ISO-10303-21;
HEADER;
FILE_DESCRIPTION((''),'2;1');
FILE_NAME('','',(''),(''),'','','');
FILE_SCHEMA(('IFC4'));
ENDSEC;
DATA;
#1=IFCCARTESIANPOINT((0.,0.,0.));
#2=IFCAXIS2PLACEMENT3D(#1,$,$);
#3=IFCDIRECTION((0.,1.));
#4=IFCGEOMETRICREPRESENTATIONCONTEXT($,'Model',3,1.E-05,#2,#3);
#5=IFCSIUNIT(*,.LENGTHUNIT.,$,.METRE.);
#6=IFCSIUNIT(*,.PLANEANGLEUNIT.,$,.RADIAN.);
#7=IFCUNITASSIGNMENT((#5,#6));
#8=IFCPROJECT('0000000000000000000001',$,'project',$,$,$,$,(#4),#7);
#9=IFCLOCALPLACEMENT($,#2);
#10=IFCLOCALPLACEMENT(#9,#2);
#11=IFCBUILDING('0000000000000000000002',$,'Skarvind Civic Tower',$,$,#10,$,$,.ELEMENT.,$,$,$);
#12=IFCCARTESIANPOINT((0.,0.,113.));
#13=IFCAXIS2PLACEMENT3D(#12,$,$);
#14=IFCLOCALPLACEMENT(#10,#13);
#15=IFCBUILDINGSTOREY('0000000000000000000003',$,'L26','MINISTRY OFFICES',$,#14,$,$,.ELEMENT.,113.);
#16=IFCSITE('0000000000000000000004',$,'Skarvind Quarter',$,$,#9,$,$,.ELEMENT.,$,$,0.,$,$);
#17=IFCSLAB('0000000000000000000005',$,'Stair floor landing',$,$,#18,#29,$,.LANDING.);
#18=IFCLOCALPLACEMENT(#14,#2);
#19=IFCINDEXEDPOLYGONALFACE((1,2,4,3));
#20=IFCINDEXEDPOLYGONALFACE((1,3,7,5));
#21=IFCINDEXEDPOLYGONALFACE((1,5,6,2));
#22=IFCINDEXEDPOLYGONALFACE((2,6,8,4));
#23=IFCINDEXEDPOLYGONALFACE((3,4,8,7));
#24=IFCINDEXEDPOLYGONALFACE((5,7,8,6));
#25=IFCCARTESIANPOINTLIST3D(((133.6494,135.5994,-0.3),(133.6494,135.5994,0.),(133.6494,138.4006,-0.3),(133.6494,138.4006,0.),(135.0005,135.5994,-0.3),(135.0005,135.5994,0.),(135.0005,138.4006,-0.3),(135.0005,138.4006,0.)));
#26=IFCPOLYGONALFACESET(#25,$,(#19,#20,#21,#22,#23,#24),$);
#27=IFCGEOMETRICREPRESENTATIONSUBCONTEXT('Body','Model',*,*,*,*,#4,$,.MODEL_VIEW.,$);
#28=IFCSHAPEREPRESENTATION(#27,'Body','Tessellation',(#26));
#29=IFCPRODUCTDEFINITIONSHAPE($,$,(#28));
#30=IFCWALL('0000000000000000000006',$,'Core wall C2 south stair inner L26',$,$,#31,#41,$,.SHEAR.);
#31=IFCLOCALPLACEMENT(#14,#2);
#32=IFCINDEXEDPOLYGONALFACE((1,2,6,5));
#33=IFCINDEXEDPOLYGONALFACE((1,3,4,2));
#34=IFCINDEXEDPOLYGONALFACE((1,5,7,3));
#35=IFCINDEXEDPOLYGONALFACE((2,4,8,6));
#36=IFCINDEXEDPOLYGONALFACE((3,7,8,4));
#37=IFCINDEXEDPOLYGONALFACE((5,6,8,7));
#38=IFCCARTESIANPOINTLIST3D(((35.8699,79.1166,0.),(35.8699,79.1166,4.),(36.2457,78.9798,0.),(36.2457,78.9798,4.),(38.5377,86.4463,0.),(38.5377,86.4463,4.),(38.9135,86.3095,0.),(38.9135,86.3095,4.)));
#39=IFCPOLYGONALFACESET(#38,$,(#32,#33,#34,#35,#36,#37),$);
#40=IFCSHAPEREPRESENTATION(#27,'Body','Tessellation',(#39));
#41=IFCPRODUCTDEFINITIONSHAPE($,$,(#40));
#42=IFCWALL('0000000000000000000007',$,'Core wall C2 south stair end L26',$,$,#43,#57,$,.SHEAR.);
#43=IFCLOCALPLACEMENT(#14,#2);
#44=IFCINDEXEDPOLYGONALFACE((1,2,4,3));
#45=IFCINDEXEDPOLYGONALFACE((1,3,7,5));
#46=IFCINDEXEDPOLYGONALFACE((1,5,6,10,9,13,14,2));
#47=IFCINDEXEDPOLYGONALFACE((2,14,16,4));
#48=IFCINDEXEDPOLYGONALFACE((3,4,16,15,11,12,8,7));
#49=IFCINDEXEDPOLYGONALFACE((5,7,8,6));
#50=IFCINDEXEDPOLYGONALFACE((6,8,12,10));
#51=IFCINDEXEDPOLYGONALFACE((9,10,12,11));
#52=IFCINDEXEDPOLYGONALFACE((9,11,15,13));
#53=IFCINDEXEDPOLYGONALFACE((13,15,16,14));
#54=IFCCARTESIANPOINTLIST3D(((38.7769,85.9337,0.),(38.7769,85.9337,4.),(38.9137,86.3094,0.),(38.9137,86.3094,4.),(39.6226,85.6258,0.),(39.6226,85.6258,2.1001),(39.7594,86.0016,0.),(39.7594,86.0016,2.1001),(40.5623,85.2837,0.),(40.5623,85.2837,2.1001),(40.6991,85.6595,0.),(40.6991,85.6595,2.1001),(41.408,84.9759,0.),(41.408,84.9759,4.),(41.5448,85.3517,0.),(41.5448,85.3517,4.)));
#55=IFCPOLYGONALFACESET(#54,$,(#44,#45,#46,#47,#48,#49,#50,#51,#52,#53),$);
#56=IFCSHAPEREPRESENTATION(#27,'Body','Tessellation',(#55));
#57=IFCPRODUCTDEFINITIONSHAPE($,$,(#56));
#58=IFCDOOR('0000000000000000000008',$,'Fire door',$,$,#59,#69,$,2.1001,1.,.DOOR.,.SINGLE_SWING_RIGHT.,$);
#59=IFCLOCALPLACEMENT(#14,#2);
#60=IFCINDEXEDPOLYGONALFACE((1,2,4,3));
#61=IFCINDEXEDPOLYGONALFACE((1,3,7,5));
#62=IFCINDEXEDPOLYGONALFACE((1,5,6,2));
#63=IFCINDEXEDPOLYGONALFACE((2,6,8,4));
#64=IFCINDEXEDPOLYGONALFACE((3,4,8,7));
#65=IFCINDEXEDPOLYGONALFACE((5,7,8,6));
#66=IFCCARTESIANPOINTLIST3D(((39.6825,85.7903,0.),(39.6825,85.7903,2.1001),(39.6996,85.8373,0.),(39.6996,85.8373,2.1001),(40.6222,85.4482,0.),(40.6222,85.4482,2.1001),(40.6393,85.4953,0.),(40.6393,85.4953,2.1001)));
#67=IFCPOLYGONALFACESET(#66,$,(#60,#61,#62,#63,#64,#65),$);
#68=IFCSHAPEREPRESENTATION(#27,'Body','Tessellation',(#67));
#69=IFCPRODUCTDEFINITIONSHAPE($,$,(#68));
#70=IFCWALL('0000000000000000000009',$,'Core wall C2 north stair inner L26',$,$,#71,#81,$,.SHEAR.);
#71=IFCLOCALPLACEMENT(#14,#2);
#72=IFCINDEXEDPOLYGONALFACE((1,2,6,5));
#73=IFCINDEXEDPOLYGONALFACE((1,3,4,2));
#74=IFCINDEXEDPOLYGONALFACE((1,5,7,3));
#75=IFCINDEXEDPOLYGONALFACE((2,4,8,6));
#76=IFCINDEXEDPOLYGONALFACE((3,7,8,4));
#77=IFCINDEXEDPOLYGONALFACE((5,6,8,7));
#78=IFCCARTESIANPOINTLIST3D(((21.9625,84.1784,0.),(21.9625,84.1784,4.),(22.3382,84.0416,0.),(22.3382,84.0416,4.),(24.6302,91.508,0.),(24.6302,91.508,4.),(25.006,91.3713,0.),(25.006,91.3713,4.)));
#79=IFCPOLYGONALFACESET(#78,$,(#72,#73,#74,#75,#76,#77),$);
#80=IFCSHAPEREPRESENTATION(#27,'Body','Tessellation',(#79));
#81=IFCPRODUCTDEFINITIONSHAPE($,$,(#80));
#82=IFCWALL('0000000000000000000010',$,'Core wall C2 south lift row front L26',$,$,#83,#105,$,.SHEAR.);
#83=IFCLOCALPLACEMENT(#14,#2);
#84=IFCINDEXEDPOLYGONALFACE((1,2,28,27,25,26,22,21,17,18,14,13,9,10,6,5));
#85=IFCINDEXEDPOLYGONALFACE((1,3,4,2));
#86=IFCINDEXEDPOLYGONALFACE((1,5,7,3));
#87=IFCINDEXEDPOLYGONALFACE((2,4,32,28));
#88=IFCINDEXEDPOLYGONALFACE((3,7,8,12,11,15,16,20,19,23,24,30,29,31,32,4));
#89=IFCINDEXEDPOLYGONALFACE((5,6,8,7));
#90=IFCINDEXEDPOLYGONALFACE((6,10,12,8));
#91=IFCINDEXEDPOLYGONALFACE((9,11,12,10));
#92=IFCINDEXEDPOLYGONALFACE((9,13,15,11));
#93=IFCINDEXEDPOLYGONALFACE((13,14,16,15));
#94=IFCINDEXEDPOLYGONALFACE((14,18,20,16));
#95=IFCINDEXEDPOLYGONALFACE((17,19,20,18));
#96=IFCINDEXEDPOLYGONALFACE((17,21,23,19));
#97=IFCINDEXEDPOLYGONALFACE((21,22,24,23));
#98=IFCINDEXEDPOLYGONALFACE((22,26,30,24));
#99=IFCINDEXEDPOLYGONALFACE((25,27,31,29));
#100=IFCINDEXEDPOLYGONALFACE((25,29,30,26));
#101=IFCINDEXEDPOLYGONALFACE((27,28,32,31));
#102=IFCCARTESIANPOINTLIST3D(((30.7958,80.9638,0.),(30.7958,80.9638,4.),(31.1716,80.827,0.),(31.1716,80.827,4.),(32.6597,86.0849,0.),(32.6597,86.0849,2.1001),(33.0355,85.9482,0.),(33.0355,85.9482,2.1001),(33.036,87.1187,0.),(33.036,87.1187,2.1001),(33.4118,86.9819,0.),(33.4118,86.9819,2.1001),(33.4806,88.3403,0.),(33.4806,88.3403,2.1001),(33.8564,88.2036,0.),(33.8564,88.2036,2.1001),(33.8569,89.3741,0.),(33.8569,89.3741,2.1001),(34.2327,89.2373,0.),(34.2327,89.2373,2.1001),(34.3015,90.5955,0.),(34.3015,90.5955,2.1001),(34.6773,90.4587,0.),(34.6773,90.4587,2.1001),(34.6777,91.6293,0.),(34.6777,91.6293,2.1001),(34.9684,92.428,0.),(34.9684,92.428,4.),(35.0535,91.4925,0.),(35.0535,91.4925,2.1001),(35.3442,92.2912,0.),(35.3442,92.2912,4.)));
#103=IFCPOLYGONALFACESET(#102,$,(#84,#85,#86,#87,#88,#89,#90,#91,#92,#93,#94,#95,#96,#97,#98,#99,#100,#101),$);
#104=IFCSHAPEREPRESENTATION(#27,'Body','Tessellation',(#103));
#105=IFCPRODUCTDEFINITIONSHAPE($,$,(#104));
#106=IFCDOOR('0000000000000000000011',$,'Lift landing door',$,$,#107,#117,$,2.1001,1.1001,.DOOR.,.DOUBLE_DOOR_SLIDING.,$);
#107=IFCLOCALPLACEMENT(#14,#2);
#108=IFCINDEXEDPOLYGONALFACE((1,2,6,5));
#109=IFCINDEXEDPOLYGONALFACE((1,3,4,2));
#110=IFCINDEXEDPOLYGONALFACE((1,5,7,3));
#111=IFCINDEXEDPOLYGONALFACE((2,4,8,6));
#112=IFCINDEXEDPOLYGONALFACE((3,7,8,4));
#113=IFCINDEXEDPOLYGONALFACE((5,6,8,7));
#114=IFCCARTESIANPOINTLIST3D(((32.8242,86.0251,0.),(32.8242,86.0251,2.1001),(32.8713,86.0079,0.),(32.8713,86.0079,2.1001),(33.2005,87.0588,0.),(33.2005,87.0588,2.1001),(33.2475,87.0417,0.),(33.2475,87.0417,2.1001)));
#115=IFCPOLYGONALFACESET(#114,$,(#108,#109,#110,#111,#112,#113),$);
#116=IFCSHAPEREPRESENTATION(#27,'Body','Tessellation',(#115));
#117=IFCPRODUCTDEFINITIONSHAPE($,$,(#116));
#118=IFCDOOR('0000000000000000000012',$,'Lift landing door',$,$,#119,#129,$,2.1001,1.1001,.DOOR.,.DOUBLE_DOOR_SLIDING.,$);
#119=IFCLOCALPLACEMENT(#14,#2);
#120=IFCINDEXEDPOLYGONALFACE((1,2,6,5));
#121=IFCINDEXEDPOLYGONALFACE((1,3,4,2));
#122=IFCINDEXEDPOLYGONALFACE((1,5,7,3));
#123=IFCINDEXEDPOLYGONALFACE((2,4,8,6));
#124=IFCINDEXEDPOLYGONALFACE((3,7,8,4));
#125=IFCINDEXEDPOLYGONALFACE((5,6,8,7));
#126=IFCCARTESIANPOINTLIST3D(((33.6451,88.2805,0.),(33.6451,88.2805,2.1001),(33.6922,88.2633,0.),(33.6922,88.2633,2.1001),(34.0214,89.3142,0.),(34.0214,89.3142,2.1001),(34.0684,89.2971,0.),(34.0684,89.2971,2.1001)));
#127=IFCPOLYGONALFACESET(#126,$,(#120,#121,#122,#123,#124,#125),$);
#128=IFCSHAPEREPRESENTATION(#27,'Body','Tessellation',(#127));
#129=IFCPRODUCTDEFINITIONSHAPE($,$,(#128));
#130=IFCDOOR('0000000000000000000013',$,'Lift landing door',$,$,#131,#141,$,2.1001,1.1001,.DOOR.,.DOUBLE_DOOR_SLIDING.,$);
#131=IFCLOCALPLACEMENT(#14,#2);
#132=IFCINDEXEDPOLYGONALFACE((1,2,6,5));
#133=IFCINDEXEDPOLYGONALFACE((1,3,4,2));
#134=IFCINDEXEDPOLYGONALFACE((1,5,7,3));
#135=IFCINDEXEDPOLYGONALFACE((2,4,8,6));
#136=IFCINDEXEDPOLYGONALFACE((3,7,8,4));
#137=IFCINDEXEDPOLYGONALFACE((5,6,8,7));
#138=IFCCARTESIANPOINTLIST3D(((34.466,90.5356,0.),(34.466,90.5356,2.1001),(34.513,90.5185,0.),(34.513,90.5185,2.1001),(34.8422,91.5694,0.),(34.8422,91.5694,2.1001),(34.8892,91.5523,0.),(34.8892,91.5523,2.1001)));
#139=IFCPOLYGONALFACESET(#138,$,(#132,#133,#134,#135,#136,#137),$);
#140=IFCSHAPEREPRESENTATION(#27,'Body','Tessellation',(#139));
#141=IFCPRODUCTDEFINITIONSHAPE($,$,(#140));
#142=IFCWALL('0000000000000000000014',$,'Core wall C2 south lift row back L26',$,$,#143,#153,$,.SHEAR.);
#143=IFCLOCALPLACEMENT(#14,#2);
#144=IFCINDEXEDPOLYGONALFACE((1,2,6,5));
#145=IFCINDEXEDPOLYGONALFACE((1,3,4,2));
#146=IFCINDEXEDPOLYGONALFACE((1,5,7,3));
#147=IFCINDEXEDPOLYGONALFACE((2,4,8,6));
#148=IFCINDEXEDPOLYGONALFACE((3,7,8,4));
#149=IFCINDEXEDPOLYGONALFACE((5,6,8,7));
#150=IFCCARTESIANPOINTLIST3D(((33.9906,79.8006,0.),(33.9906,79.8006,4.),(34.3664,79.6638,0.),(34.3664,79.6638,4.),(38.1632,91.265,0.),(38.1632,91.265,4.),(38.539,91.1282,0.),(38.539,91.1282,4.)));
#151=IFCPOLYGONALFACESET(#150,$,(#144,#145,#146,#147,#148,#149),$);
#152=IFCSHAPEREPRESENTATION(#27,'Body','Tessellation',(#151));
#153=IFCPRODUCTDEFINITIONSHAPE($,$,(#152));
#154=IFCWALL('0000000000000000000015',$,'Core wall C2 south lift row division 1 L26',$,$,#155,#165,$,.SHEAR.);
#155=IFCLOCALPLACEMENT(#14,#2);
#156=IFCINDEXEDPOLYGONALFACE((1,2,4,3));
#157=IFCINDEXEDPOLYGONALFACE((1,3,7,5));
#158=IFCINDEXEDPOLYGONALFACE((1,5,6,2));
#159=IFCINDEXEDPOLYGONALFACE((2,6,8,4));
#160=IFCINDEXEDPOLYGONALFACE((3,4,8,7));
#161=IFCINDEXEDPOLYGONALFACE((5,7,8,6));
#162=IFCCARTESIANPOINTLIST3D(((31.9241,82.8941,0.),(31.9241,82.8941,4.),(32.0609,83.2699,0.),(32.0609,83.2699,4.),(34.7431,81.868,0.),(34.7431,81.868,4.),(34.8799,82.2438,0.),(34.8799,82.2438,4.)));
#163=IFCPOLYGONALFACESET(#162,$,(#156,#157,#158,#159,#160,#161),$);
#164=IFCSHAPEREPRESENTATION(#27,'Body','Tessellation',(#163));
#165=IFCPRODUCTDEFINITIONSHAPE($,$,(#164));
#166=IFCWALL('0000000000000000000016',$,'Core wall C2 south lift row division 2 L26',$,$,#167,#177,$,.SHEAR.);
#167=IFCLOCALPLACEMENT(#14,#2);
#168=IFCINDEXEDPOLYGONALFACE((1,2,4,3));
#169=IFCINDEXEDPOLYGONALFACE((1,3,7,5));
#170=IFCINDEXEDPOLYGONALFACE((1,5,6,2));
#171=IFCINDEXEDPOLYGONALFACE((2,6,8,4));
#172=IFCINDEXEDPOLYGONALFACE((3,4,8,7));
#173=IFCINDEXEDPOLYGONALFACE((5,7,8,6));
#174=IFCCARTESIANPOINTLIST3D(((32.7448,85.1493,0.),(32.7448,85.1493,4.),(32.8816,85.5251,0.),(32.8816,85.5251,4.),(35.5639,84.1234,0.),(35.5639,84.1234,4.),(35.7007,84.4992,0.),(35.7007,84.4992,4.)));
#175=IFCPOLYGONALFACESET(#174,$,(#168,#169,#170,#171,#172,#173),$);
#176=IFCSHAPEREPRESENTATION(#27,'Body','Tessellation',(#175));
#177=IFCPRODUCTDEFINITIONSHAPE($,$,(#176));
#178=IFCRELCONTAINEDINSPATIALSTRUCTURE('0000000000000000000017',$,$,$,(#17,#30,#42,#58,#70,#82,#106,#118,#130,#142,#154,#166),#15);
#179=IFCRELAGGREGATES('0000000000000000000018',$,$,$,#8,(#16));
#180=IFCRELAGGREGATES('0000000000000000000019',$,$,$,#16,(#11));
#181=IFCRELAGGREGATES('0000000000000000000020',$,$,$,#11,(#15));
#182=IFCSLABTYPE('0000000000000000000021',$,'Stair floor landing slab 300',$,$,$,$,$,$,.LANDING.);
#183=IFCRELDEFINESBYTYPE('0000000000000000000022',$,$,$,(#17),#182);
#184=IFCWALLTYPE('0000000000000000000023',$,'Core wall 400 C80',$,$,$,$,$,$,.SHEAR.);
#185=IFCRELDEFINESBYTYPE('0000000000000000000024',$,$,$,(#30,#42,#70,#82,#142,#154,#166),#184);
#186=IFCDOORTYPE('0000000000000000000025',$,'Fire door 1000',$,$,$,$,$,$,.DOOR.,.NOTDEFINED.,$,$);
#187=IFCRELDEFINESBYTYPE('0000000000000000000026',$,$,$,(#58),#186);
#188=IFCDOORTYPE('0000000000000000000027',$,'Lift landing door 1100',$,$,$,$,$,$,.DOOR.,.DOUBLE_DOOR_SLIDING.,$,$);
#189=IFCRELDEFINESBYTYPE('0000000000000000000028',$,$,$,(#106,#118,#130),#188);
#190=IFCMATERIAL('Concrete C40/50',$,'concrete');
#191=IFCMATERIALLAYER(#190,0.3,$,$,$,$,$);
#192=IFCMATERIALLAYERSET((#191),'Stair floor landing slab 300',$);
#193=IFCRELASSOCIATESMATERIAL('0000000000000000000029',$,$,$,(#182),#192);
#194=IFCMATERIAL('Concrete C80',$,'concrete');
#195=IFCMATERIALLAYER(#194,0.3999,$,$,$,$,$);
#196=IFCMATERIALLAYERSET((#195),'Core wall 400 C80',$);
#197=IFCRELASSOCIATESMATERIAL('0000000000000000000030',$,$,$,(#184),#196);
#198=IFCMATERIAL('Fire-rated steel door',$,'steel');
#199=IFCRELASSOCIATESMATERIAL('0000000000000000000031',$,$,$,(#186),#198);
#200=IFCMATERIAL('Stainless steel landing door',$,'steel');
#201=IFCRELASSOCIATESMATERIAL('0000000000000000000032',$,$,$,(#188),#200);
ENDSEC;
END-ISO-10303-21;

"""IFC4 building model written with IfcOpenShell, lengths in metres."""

from ifc_helpers import new_model, si_unit, direction, frame, frame_2d, origin, place, context, subcontext, project, spatial, polyline, rectangle, outline, extrude, material, layer, layer_set, type_object, element, fill, save


model = new_model("IFC4")

# Units and contexts
model_context = context("Model", 3, precision=1e-05, world=origin(), true_north=direction((0.0, 1.0)))
body_context = subcontext(model_context, "Body", "Model", "MODEL_VIEW")
ifc_project = project(units=[si_unit("LENGTHUNIT", "METRE"), si_unit("PLANEANGLEUNIT", "RADIAN")], contexts=[model_context])

# Site, building, storey
site_placement = place(None, origin())
site = spatial("IfcSite", under=ifc_project, at=site_placement, Name="Skarvind Quarter", CompositionType="ELEMENT", RefElevation=0.0)
building_placement = place(site_placement, origin())
building = spatial("IfcBuilding", under=site, at=building_placement, Name="Skarvind Civic Tower", CompositionType="ELEMENT")
storey_placement = place(building_placement, frame((0.0, 0.0, 113.0)))
storey = spatial("IfcBuildingStorey", under=building, at=storey_placement, Name="L26", Description="MINISTRY OFFICES", CompositionType="ELEMENT", Elevation=113.0)

# Slab
ifc_material_1 = material(Name="Concrete C40/50", Category="concrete")
ifc_layer_1 = layer(ifc_material_1, 0.3)
ifc_layer_set_1 = layer_set([ifc_layer_1], Name="Stair floor landing slab 300")
slab_type = type_object("IfcSlabType", Name="Stair floor landing slab 300", PredefinedType="LANDING", material=ifc_layer_set_1)
slab_placement = place(storey_placement, frame((0.0, 0.0, -0.3)))
element("IfcSlab", 1, at=slab_placement, inside=storey, type_object=slab_type, Name="Stair floor landing", PredefinedType="LANDING", context=body_context, shape_type="SweptSolid", body=[
    extrude(outline(polyline([(133.6494, 135.5994), (133.6494, 138.4006), (135.0005, 138.4006), (135.0005, 135.5994), (133.6494, 135.5994)])), origin(), (0.0, 0.0, 1.0), 0.3),
])

# Wall
ifc_material_2 = material(Name="Concrete C80", Category="concrete")
ifc_layer_2 = layer(ifc_material_2, 0.3999)
ifc_layer_set_2 = layer_set([ifc_layer_2], Name="Core wall 400 C80")
wall_type_1 = type_object("IfcWallType", Name="Core wall 400 C80", PredefinedType="SHEAR", material=ifc_layer_set_2)
wall_1_placement = place(storey_placement, frame((36.0579, 79.0483, 0.0), z_axis=(0.0, 0.0, 1.0), x_axis=(0.342017, 0.939694, 0.0)))
element("IfcWall", 2, at=wall_1_placement, inside=storey, type_object=wall_type_1, Name="Core wall C2 south stair inner L26", PredefinedType="SHEAR", context=body_context, shape_type="SweptSolid", body=[
    extrude(rectangle(XDim=7.8, YDim=0.3999, at=frame_2d((3.8999, 0.0))), origin(), (0.0, 0.0, 1.0), 4.0),
])

# Wall, opening, door
wall_2_placement = place(storey_placement, frame((41.4763, 85.1638, 0.0), z_axis=(0.0, 0.0, 1.0), x_axis=(-0.939679, 0.342058, 0.0)))
wall_2 = element("IfcWall", 3, at=wall_2_placement, inside=storey, type_object=wall_type_1, Name="Core wall C2 south stair end L26", PredefinedType="SHEAR", context=body_context, shape_type="SweptSolid", body=[
    extrude(rectangle(XDim=2.8, YDim=0.3999, at=frame_2d((1.3999, 0.0))), origin(), (0.0, 0.0, 1.0), 4.0),
])
opening_1_placement = place(wall_2_placement, frame((0.8999, 0.0, 0.0)))
opening_1 = element("IfcOpeningElement", 4, at=opening_1_placement, cuts=wall_2, PredefinedType="OPENING", context=body_context, shape_type="SweptSolid", body=[
    extrude(rectangle(XDim=1.0, YDim=2.1001, at=frame_2d((0.5, 1.05))), frame((0.0, 0.21, 0.0), z_axis=(0.0, -1.0, 0.0), x_axis=(1.0, 0.0, 0.0)), (0.0, 0.0, 1.0), 0.4199),
])
ifc_material_3 = material(Name="Fire-rated steel door", Category="steel")
door_type_1 = type_object("IfcDoorType", Name="Fire door 1000", OperationType="NOTDEFINED", PredefinedType="DOOR", material=ifc_material_3)
door_1_placement = place(opening_1_placement, origin())
door_1 = element("IfcDoor", 5, at=door_1_placement, inside=storey, type_object=door_type_1, Name="Fire door", OperationType="SINGLE_SWING_RIGHT", OverallHeight=2.1001, OverallWidth=1.0, PredefinedType="DOOR", context=body_context, shape_type="SweptSolid", body=[
    extrude(rectangle(XDim=1.0, YDim=2.1001, at=frame_2d((0.5, 1.05))), frame((0.0, 0.0249, 0.0), z_axis=(0.0, -1.0, 0.0), x_axis=(1.0, 0.0, 0.0)), (0.0, 0.0, 1.0), 0.05),
])
fill(opening_1, door_1)

# Wall
wall_3_placement = place(storey_placement, frame((22.1504, 84.1101, 0.0), z_axis=(0.0, 0.0, 1.0), x_axis=(0.342017, 0.939694, 0.0)))
element("IfcWall", 6, at=wall_3_placement, inside=storey, type_object=wall_type_1, Name="Core wall C2 north stair inner L26", PredefinedType="SHEAR", context=body_context, shape_type="SweptSolid", body=[
    extrude(rectangle(XDim=7.8, YDim=0.3999, at=frame_2d((3.8999, 0.0))), origin(), (0.0, 0.0, 1.0), 4.0),
])

# Wall, openings, doors
wall_4_placement = place(storey_placement, frame((30.9836, 80.8953, 0.0), z_axis=(0.0, 0.0, 1.0), x_axis=(0.342021, 0.939692, 0.0)))
wall_4 = element("IfcWall", 7, at=wall_4_placement, inside=storey, type_object=wall_type_1, Name="Core wall C2 south lift row front L26", PredefinedType="SHEAR", context=body_context, shape_type="SweptSolid", body=[
    extrude(rectangle(XDim=12.2, YDim=0.3999, at=frame_2d((6.1001, 0.0))), origin(), (0.0, 0.0, 1.0), 4.0),
])
opening_2_placement = place(wall_4_placement, frame((5.45, 0.0, 0.0)))
opening_2 = element("IfcOpeningElement", 8, at=opening_2_placement, cuts=wall_4, PredefinedType="OPENING", context=body_context, shape_type="SweptSolid", body=[
    extrude(rectangle(XDim=1.1001, YDim=2.1001, at=frame_2d((0.55, 1.05))), frame((0.0, 0.21, 0.0), z_axis=(0.0, -1.0, 0.0), x_axis=(1.0, 0.0, 0.0)), (0.0, 0.0, 1.0), 0.4199),
])
opening_3_placement = place(wall_4_placement, frame((7.8501, 0.0, 0.0)))
opening_3 = element("IfcOpeningElement", 9, at=opening_3_placement, cuts=wall_4, PredefinedType="OPENING", context=body_context, shape_type="SweptSolid", body=[
    extrude(rectangle(XDim=1.1001, YDim=2.1001, at=frame_2d((0.55, 1.05))), frame((0.0, 0.21, 0.0), z_axis=(0.0, -1.0, 0.0), x_axis=(1.0, 0.0, 0.0)), (0.0, 0.0, 1.0), 0.4199),
])
opening_4_placement = place(wall_4_placement, frame((10.25, 0.0, 0.0)))
opening_4 = element("IfcOpeningElement", 10, at=opening_4_placement, cuts=wall_4, PredefinedType="OPENING", context=body_context, shape_type="SweptSolid", body=[
    extrude(rectangle(XDim=1.1001, YDim=2.1001, at=frame_2d((0.55, 1.05))), frame((0.0, 0.21, 0.0), z_axis=(0.0, -1.0, 0.0), x_axis=(1.0, 0.0, 0.0)), (0.0, 0.0, 1.0), 0.4199),
])
ifc_material_4 = material(Name="Stainless steel landing door", Category="steel")
door_type_2 = type_object("IfcDoorType", Name="Lift landing door 1100", OperationType="DOUBLE_DOOR_SLIDING", PredefinedType="DOOR", material=ifc_material_4)
door_2_placement = place(opening_2_placement, origin())
door_2 = element("IfcDoor", 11, at=door_2_placement, inside=storey, type_object=door_type_2, Name="Lift landing door", OperationType="DOUBLE_DOOR_SLIDING", OverallHeight=2.1001, OverallWidth=1.1001, PredefinedType="DOOR", context=body_context, shape_type="SweptSolid", body=[
    extrude(rectangle(XDim=1.1001, YDim=2.1001, at=frame_2d((0.55, 1.05))), frame((0.0, 0.0249, 0.0), z_axis=(0.0, -1.0, 0.0), x_axis=(1.0, 0.0, 0.0)), (0.0, 0.0, 1.0), 0.05),
])
fill(opening_2, door_2)
door_3_placement = place(opening_3_placement, origin())
door_3 = element("IfcDoor", 12, at=door_3_placement, inside=storey, type_object=door_type_2, Name="Lift landing door", OperationType="DOUBLE_DOOR_SLIDING", OverallHeight=2.1001, OverallWidth=1.1001, PredefinedType="DOOR", context=body_context, shape_type="SweptSolid", body=[
    extrude(rectangle(XDim=1.1001, YDim=2.1001, at=frame_2d((0.55, 1.05))), frame((0.0, 0.0249, 0.0), z_axis=(0.0, -1.0, 0.0), x_axis=(1.0, 0.0, 0.0)), (0.0, 0.0, 1.0), 0.05),
])
fill(opening_3, door_3)
door_4_placement = place(opening_4_placement, origin())
door_4 = element("IfcDoor", 13, at=door_4_placement, inside=storey, type_object=door_type_2, Name="Lift landing door", OperationType="DOUBLE_DOOR_SLIDING", OverallHeight=2.1001, OverallWidth=1.1001, PredefinedType="DOOR", context=body_context, shape_type="SweptSolid", body=[
    extrude(rectangle(XDim=1.1001, YDim=2.1001, at=frame_2d((0.55, 1.05))), frame((0.0, 0.0249, 0.0), z_axis=(0.0, -1.0, 0.0), x_axis=(1.0, 0.0, 0.0)), (0.0, 0.0, 1.0), 0.05),
])
fill(opening_4, door_4)

# Walls
wall_5_placement = place(storey_placement, frame((34.1785, 79.7322, 0.0), z_axis=(0.0, 0.0, 1.0), x_axis=(0.342015, 0.939695, 0.0)))
element("IfcWall", 14, at=wall_5_placement, inside=storey, type_object=wall_type_1, Name="Core wall C2 south lift row back L26", PredefinedType="SHEAR", context=body_context, shape_type="SweptSolid", body=[
    extrude(rectangle(XDim=12.2002, YDim=0.3999, at=frame_2d((6.1001, 0.0))), origin(), (0.0, 0.0, 1.0), 4.0),
])
for number, where, z_axis, x_axis, name in (
    (15, (34.8115, 82.0559, 0.0), (0.0, 0.0, 1.0), (-0.939686, 0.342037, 0.0), "Core wall C2 south lift row division 1 L26"),
    (16, (35.6323, 84.3113, 0.0), (0.0, 0.0, 1.0), (-0.939713, 0.341965, 0.0), "Core wall C2 south lift row division 2 L26"),
):
    element("IfcWall", number, at=place(storey_placement, frame(where, z_axis=z_axis, x_axis=x_axis)), inside=storey, type_object=wall_type_1, Name=name, PredefinedType="SHEAR", context=body_context, shape_type="SweptSolid", body=[
        extrude(rectangle(XDim=3.0, YDim=0.3999, at=frame_2d((1.5, 0.0))), origin(), (0.0, 0.0, 1.0), 4.0),
    ])

save(model, "model.ifc")
